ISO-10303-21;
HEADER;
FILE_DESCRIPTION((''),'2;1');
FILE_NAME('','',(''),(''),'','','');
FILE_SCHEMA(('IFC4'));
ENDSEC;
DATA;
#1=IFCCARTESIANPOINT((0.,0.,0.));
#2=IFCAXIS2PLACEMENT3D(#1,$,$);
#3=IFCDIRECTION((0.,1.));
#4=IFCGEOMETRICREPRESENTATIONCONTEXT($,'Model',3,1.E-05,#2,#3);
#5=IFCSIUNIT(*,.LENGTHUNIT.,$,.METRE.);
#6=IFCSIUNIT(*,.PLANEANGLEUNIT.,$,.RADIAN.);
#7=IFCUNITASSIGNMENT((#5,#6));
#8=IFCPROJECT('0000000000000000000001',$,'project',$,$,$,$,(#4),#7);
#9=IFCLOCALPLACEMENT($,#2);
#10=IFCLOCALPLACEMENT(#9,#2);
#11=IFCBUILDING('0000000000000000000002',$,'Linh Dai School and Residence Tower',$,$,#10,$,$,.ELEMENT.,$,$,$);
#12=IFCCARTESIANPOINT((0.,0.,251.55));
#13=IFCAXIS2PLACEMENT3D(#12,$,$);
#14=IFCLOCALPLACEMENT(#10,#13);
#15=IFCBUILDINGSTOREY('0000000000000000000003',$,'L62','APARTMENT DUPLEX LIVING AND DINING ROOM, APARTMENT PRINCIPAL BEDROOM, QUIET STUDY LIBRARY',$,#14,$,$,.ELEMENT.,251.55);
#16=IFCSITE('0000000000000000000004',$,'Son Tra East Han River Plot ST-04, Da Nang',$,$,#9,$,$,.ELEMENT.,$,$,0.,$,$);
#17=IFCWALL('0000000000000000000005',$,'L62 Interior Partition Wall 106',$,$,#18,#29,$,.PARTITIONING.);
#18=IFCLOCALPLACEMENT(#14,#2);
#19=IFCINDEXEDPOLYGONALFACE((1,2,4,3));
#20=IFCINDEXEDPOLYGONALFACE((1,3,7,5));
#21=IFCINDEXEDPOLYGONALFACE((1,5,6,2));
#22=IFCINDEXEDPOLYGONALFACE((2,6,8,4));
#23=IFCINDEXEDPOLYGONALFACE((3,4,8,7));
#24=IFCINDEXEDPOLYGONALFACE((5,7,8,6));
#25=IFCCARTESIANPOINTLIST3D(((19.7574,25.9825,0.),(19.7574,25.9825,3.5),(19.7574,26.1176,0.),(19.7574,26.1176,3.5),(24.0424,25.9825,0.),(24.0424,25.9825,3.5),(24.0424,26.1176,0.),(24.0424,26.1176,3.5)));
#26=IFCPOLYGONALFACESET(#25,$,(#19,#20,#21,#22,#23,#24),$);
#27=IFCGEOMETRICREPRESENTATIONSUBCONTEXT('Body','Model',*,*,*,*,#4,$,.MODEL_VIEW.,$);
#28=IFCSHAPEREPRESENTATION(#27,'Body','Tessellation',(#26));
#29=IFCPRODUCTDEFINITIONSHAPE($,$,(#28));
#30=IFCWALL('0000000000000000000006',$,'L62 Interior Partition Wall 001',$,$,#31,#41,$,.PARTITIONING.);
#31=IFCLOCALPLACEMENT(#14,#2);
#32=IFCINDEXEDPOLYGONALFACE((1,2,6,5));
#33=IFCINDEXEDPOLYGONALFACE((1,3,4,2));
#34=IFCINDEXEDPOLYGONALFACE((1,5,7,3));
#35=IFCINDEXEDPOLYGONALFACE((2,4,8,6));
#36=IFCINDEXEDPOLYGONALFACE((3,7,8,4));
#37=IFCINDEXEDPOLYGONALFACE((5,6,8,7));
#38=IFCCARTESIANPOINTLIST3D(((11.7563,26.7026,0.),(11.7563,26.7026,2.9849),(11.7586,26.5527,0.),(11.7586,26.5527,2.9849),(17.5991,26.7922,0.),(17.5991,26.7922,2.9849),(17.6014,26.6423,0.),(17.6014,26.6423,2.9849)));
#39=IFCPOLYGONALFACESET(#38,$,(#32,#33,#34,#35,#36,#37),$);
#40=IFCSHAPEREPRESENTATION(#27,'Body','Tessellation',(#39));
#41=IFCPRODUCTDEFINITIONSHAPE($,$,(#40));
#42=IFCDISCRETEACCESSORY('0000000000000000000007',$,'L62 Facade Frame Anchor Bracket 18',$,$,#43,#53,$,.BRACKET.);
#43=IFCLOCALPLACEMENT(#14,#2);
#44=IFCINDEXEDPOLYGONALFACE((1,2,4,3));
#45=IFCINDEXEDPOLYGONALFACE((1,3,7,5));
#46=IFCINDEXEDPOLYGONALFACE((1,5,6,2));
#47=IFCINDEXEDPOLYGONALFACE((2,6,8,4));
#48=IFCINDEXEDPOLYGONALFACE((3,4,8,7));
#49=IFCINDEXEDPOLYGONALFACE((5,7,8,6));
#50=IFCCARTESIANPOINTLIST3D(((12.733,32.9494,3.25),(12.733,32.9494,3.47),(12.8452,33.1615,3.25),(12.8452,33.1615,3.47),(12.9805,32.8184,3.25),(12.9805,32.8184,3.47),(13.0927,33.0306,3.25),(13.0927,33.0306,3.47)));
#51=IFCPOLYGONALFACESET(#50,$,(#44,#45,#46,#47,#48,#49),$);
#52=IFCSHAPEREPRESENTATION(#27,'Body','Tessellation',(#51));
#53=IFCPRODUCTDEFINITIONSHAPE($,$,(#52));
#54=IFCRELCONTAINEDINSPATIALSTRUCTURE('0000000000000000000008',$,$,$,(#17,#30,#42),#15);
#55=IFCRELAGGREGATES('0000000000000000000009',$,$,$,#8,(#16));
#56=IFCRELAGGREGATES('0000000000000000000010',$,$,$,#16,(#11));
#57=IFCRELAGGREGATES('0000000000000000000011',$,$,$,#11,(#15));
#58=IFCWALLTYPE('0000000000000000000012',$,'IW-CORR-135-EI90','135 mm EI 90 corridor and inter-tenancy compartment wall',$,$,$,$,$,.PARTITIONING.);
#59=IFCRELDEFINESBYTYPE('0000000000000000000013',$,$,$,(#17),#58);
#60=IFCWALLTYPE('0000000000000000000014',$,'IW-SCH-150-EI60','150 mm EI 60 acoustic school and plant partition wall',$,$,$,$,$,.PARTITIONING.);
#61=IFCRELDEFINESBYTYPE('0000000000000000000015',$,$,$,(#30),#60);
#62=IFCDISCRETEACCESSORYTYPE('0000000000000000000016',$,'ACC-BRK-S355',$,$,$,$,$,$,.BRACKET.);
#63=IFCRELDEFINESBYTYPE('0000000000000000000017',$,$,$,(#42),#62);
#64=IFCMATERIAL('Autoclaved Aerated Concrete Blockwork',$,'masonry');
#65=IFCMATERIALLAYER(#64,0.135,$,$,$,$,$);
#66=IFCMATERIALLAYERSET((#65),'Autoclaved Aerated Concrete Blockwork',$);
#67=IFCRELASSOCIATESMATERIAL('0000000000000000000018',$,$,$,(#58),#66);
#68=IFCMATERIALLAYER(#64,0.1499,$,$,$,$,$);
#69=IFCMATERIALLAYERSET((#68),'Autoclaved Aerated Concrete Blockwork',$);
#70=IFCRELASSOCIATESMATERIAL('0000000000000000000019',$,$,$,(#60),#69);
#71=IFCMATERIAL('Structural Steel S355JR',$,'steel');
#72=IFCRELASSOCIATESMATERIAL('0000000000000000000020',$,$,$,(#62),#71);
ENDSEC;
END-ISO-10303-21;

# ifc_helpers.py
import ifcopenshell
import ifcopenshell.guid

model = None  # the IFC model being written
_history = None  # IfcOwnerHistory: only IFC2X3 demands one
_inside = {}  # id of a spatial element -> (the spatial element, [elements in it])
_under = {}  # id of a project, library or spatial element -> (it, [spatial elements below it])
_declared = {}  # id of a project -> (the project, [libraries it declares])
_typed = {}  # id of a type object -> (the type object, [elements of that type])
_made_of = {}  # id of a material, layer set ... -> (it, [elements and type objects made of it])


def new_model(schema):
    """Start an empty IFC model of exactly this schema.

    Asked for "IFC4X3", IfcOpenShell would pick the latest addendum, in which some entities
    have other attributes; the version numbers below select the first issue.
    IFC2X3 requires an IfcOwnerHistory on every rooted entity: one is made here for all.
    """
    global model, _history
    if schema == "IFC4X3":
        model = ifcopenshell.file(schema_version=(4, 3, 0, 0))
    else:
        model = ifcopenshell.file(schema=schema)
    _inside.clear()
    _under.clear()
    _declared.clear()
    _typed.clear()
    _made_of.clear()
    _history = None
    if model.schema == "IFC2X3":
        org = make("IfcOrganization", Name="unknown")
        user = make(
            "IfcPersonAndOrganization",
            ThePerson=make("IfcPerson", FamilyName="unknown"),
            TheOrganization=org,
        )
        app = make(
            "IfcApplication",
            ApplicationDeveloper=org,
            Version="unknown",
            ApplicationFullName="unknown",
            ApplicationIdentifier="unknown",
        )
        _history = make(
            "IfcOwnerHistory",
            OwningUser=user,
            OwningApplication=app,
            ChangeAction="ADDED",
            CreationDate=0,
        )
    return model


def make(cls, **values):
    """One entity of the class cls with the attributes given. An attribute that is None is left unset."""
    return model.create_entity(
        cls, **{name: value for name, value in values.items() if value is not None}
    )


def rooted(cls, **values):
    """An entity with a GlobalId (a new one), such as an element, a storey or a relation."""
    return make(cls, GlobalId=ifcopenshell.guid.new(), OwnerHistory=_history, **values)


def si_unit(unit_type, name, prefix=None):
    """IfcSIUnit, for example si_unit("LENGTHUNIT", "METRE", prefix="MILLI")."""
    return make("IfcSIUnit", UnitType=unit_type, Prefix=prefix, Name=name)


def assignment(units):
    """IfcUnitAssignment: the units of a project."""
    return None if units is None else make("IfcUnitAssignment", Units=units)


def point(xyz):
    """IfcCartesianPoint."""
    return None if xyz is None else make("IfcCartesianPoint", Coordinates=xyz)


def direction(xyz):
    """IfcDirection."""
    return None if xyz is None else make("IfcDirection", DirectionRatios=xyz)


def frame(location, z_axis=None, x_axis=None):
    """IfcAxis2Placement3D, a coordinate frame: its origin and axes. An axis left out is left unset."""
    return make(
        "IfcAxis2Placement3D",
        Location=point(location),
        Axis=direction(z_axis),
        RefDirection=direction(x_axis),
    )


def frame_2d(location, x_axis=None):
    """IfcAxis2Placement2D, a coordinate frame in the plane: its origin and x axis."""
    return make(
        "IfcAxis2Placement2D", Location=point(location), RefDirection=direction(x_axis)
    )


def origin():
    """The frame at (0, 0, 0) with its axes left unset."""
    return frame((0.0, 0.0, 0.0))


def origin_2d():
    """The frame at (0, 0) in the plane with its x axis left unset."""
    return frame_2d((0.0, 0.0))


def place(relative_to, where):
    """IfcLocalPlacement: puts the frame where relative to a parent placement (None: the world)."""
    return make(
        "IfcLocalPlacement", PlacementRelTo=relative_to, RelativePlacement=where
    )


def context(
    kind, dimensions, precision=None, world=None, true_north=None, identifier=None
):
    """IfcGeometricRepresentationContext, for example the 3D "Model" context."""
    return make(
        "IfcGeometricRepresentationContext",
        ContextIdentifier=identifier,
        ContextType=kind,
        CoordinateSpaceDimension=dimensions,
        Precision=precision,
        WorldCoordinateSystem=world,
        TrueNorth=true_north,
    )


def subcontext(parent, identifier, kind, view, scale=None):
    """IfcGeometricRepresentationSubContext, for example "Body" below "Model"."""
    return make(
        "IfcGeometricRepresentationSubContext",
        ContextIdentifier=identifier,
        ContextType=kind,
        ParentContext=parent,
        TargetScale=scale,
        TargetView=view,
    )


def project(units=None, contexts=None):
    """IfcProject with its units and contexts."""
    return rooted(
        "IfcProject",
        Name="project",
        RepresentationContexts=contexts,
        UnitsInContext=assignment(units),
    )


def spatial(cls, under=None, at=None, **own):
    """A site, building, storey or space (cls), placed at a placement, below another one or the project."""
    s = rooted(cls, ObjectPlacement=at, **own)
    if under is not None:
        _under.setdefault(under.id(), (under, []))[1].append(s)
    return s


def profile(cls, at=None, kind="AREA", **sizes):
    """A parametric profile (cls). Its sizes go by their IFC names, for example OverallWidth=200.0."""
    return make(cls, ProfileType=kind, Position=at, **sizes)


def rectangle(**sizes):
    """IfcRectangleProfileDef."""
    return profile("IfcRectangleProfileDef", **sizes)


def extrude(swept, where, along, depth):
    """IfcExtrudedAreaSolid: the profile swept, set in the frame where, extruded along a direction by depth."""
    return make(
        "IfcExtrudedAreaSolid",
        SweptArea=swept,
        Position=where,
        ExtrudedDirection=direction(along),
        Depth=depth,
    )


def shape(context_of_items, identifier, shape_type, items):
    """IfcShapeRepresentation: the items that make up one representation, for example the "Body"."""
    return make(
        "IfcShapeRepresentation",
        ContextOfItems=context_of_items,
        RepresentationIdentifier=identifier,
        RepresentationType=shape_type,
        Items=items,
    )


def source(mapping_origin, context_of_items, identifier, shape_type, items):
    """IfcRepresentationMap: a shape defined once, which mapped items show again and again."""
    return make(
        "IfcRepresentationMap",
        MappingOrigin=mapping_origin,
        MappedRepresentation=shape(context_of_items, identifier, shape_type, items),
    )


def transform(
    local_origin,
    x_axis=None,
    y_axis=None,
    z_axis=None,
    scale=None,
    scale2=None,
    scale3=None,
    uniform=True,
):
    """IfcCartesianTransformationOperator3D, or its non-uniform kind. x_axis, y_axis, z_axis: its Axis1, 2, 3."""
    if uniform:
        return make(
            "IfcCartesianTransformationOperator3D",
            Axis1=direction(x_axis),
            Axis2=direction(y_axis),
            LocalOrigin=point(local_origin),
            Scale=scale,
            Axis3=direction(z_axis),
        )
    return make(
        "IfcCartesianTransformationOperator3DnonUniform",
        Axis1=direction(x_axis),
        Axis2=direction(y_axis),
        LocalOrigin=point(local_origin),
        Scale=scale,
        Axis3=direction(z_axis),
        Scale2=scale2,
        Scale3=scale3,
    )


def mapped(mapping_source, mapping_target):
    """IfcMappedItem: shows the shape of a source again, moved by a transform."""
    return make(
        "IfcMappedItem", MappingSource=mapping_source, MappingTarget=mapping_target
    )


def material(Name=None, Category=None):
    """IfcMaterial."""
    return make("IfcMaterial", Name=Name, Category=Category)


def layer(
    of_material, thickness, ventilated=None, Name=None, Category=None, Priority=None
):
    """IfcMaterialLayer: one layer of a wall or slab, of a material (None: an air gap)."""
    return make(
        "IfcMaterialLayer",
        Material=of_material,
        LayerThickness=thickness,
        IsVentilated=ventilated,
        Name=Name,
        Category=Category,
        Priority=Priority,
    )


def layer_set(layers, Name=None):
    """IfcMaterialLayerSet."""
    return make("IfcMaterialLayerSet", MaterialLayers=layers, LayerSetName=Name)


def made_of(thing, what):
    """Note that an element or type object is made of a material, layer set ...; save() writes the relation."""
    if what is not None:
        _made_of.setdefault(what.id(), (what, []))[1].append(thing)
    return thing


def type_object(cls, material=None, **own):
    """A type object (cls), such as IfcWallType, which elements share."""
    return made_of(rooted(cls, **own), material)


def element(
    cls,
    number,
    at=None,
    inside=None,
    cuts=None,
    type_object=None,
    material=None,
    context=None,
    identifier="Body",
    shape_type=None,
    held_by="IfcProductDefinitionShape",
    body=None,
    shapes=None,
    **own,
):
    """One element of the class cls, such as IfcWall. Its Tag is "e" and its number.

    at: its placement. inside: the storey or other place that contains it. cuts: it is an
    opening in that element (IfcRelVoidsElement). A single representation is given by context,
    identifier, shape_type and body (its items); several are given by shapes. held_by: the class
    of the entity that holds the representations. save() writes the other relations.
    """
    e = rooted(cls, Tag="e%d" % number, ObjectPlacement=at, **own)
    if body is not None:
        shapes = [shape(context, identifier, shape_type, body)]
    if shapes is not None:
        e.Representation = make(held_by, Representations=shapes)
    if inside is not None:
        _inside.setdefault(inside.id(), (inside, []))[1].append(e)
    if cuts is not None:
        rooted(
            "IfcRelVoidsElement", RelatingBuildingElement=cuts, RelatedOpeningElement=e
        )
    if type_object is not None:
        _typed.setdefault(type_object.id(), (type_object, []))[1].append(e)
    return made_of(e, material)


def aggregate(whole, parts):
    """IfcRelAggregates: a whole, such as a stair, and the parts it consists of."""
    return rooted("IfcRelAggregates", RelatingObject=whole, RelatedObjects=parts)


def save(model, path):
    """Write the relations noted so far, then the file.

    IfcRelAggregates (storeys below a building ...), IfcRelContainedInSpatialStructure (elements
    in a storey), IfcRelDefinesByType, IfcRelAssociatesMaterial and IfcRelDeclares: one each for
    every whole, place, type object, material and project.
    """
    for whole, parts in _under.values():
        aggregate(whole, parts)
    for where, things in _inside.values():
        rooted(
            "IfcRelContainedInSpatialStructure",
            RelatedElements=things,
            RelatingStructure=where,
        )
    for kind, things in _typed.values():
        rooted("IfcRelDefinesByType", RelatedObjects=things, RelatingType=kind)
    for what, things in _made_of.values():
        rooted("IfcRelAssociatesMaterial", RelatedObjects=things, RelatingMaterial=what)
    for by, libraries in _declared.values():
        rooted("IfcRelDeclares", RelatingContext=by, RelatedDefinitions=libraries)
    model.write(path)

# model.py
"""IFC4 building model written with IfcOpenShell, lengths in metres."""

from ifc_helpers import new_model, si_unit, direction, frame, frame_2d, origin, origin_2d, place, context, subcontext, project, spatial, rectangle, extrude, source, transform, mapped, material, layer, layer_set, type_object, element, save


model = new_model("IFC4")

# Units and contexts
model_context = context("Model", 3, precision=1e-05, world=origin(), true_north=direction((0.0, 1.0)))
body_context = subcontext(model_context, "Body", "Model", "MODEL_VIEW")
ifc_project = project(units=[si_unit("LENGTHUNIT", "METRE"), si_unit("PLANEANGLEUNIT", "RADIAN")], contexts=[model_context])

# Site, building, storey
site_placement = place(None, origin())
site = spatial("IfcSite", under=ifc_project, at=site_placement, Name="Son Tra East Han River Plot ST-04, Da Nang", CompositionType="ELEMENT", RefElevation=0.0)
building_placement = place(site_placement, origin())
building = spatial("IfcBuilding", under=site, at=building_placement, Name="Linh Dai School and Residence Tower", CompositionType="ELEMENT")
storey_placement = place(building_placement, frame((0.0, 0.0, 251.55)))
storey = spatial("IfcBuildingStorey", under=building, at=storey_placement, Name="L62", Description="APARTMENT DUPLEX LIVING AND DINING ROOM, APARTMENT PRINCIPAL BEDROOM, QUIET STUDY LIBRARY", CompositionType="ELEMENT", Elevation=251.55)

# Shared definitions
ifc_material_1 = material(Name="Structural Steel S355JR", Category="steel")

# Shared definitions
ifc_material_2 = material(Name="Autoclaved Aerated Concrete Blockwork", Category="masonry")
ifc_layer_1 = layer(ifc_material_2, 0.135)
ifc_layer_set_1 = layer_set([ifc_layer_1], Name="Autoclaved Aerated Concrete Blockwork")
wall_type_1 = type_object("IfcWallType", Name="IW-CORR-135-EI90", Description="135 mm EI 90 corridor and inter-tenancy compartment wall", PredefinedType="PARTITIONING", material=ifc_layer_set_1)

# Walls
wall_1_placement = place(storey_placement, frame((24.0425, 26.05, 0.0), z_axis=(0.0, 0.0, 1.0), x_axis=(-1.0, 0.0, 0.0)))
element("IfcWall", 1, at=wall_1_placement, inside=storey, type_object=wall_type_1, Name="L62 Interior Partition Wall 106", PredefinedType="PARTITIONING", context=body_context, shape_type="SweptSolid", body=[
    extrude(rectangle(XDim=4.2849, YDim=0.135, at=frame_2d((2.1426, 0.0))), origin(), (0.0, 0.0, 1.0), 3.5),
])
ifc_layer_2 = layer(ifc_material_2, 0.1499)
ifc_layer_set_2 = layer_set([ifc_layer_2], Name="Autoclaved Aerated Concrete Blockwork")
wall_type_2 = type_object("IfcWallType", Name="IW-SCH-150-EI60", Description="150 mm EI 60 acoustic school and plant partition wall", PredefinedType="PARTITIONING", material=ifc_layer_set_2)
wall_2_placement = place(storey_placement, frame((11.7573, 26.6277, 0.0), z_axis=(0.0, 0.0, 1.0), x_axis=(0.999882, 0.015333, 0.0)))
element("IfcWall", 2, at=wall_2_placement, inside=storey, type_object=wall_type_2, Name="L62 Interior Partition Wall 001", PredefinedType="PARTITIONING", context=body_context, shape_type="SweptSolid", body=[
    extrude(rectangle(XDim=5.8435, YDim=0.1499, at=frame_2d((2.9219, 0.0))), origin(), (0.0, 0.0, 1.0), 2.9849),
])

# Discrete accessory
discrete_accessory_type = type_object("IfcDiscreteAccessoryType", Name="ACC-BRK-S355", PredefinedType="BRACKET", material=ifc_material_1)
shared_shape_1 = source(origin(), body_context, "Body", "SweptSolid", [
    extrude(rectangle(XDim=0.28, YDim=0.24, at=origin_2d()), origin(), (0.0, 0.0, 1.0), 0.22),
])
discrete_accessory_placement = place(storey_placement, frame((12.9128, 32.99, 3.25), z_axis=(0.0, 0.0, 1.0), x_axis=(-0.883929, 0.467621, 0.0)))
element("IfcDiscreteAccessory", 3, at=discrete_accessory_placement, inside=storey, type_object=discrete_accessory_type, Name="L62 Facade Frame Anchor Bracket 18", PredefinedType="BRACKET", context=body_context, shape_type="MappedRepresentation", body=[
    mapped(shared_shape_1, transform((0.0, 0.0, 0.0), x_axis=(1.0, 0.0, 0.0), y_axis=(0.0, 1.0, 0.0), z_axis=(0.0, 0.0, 1.0), scale=1.0)),
])

save(model, "model.ifc")
